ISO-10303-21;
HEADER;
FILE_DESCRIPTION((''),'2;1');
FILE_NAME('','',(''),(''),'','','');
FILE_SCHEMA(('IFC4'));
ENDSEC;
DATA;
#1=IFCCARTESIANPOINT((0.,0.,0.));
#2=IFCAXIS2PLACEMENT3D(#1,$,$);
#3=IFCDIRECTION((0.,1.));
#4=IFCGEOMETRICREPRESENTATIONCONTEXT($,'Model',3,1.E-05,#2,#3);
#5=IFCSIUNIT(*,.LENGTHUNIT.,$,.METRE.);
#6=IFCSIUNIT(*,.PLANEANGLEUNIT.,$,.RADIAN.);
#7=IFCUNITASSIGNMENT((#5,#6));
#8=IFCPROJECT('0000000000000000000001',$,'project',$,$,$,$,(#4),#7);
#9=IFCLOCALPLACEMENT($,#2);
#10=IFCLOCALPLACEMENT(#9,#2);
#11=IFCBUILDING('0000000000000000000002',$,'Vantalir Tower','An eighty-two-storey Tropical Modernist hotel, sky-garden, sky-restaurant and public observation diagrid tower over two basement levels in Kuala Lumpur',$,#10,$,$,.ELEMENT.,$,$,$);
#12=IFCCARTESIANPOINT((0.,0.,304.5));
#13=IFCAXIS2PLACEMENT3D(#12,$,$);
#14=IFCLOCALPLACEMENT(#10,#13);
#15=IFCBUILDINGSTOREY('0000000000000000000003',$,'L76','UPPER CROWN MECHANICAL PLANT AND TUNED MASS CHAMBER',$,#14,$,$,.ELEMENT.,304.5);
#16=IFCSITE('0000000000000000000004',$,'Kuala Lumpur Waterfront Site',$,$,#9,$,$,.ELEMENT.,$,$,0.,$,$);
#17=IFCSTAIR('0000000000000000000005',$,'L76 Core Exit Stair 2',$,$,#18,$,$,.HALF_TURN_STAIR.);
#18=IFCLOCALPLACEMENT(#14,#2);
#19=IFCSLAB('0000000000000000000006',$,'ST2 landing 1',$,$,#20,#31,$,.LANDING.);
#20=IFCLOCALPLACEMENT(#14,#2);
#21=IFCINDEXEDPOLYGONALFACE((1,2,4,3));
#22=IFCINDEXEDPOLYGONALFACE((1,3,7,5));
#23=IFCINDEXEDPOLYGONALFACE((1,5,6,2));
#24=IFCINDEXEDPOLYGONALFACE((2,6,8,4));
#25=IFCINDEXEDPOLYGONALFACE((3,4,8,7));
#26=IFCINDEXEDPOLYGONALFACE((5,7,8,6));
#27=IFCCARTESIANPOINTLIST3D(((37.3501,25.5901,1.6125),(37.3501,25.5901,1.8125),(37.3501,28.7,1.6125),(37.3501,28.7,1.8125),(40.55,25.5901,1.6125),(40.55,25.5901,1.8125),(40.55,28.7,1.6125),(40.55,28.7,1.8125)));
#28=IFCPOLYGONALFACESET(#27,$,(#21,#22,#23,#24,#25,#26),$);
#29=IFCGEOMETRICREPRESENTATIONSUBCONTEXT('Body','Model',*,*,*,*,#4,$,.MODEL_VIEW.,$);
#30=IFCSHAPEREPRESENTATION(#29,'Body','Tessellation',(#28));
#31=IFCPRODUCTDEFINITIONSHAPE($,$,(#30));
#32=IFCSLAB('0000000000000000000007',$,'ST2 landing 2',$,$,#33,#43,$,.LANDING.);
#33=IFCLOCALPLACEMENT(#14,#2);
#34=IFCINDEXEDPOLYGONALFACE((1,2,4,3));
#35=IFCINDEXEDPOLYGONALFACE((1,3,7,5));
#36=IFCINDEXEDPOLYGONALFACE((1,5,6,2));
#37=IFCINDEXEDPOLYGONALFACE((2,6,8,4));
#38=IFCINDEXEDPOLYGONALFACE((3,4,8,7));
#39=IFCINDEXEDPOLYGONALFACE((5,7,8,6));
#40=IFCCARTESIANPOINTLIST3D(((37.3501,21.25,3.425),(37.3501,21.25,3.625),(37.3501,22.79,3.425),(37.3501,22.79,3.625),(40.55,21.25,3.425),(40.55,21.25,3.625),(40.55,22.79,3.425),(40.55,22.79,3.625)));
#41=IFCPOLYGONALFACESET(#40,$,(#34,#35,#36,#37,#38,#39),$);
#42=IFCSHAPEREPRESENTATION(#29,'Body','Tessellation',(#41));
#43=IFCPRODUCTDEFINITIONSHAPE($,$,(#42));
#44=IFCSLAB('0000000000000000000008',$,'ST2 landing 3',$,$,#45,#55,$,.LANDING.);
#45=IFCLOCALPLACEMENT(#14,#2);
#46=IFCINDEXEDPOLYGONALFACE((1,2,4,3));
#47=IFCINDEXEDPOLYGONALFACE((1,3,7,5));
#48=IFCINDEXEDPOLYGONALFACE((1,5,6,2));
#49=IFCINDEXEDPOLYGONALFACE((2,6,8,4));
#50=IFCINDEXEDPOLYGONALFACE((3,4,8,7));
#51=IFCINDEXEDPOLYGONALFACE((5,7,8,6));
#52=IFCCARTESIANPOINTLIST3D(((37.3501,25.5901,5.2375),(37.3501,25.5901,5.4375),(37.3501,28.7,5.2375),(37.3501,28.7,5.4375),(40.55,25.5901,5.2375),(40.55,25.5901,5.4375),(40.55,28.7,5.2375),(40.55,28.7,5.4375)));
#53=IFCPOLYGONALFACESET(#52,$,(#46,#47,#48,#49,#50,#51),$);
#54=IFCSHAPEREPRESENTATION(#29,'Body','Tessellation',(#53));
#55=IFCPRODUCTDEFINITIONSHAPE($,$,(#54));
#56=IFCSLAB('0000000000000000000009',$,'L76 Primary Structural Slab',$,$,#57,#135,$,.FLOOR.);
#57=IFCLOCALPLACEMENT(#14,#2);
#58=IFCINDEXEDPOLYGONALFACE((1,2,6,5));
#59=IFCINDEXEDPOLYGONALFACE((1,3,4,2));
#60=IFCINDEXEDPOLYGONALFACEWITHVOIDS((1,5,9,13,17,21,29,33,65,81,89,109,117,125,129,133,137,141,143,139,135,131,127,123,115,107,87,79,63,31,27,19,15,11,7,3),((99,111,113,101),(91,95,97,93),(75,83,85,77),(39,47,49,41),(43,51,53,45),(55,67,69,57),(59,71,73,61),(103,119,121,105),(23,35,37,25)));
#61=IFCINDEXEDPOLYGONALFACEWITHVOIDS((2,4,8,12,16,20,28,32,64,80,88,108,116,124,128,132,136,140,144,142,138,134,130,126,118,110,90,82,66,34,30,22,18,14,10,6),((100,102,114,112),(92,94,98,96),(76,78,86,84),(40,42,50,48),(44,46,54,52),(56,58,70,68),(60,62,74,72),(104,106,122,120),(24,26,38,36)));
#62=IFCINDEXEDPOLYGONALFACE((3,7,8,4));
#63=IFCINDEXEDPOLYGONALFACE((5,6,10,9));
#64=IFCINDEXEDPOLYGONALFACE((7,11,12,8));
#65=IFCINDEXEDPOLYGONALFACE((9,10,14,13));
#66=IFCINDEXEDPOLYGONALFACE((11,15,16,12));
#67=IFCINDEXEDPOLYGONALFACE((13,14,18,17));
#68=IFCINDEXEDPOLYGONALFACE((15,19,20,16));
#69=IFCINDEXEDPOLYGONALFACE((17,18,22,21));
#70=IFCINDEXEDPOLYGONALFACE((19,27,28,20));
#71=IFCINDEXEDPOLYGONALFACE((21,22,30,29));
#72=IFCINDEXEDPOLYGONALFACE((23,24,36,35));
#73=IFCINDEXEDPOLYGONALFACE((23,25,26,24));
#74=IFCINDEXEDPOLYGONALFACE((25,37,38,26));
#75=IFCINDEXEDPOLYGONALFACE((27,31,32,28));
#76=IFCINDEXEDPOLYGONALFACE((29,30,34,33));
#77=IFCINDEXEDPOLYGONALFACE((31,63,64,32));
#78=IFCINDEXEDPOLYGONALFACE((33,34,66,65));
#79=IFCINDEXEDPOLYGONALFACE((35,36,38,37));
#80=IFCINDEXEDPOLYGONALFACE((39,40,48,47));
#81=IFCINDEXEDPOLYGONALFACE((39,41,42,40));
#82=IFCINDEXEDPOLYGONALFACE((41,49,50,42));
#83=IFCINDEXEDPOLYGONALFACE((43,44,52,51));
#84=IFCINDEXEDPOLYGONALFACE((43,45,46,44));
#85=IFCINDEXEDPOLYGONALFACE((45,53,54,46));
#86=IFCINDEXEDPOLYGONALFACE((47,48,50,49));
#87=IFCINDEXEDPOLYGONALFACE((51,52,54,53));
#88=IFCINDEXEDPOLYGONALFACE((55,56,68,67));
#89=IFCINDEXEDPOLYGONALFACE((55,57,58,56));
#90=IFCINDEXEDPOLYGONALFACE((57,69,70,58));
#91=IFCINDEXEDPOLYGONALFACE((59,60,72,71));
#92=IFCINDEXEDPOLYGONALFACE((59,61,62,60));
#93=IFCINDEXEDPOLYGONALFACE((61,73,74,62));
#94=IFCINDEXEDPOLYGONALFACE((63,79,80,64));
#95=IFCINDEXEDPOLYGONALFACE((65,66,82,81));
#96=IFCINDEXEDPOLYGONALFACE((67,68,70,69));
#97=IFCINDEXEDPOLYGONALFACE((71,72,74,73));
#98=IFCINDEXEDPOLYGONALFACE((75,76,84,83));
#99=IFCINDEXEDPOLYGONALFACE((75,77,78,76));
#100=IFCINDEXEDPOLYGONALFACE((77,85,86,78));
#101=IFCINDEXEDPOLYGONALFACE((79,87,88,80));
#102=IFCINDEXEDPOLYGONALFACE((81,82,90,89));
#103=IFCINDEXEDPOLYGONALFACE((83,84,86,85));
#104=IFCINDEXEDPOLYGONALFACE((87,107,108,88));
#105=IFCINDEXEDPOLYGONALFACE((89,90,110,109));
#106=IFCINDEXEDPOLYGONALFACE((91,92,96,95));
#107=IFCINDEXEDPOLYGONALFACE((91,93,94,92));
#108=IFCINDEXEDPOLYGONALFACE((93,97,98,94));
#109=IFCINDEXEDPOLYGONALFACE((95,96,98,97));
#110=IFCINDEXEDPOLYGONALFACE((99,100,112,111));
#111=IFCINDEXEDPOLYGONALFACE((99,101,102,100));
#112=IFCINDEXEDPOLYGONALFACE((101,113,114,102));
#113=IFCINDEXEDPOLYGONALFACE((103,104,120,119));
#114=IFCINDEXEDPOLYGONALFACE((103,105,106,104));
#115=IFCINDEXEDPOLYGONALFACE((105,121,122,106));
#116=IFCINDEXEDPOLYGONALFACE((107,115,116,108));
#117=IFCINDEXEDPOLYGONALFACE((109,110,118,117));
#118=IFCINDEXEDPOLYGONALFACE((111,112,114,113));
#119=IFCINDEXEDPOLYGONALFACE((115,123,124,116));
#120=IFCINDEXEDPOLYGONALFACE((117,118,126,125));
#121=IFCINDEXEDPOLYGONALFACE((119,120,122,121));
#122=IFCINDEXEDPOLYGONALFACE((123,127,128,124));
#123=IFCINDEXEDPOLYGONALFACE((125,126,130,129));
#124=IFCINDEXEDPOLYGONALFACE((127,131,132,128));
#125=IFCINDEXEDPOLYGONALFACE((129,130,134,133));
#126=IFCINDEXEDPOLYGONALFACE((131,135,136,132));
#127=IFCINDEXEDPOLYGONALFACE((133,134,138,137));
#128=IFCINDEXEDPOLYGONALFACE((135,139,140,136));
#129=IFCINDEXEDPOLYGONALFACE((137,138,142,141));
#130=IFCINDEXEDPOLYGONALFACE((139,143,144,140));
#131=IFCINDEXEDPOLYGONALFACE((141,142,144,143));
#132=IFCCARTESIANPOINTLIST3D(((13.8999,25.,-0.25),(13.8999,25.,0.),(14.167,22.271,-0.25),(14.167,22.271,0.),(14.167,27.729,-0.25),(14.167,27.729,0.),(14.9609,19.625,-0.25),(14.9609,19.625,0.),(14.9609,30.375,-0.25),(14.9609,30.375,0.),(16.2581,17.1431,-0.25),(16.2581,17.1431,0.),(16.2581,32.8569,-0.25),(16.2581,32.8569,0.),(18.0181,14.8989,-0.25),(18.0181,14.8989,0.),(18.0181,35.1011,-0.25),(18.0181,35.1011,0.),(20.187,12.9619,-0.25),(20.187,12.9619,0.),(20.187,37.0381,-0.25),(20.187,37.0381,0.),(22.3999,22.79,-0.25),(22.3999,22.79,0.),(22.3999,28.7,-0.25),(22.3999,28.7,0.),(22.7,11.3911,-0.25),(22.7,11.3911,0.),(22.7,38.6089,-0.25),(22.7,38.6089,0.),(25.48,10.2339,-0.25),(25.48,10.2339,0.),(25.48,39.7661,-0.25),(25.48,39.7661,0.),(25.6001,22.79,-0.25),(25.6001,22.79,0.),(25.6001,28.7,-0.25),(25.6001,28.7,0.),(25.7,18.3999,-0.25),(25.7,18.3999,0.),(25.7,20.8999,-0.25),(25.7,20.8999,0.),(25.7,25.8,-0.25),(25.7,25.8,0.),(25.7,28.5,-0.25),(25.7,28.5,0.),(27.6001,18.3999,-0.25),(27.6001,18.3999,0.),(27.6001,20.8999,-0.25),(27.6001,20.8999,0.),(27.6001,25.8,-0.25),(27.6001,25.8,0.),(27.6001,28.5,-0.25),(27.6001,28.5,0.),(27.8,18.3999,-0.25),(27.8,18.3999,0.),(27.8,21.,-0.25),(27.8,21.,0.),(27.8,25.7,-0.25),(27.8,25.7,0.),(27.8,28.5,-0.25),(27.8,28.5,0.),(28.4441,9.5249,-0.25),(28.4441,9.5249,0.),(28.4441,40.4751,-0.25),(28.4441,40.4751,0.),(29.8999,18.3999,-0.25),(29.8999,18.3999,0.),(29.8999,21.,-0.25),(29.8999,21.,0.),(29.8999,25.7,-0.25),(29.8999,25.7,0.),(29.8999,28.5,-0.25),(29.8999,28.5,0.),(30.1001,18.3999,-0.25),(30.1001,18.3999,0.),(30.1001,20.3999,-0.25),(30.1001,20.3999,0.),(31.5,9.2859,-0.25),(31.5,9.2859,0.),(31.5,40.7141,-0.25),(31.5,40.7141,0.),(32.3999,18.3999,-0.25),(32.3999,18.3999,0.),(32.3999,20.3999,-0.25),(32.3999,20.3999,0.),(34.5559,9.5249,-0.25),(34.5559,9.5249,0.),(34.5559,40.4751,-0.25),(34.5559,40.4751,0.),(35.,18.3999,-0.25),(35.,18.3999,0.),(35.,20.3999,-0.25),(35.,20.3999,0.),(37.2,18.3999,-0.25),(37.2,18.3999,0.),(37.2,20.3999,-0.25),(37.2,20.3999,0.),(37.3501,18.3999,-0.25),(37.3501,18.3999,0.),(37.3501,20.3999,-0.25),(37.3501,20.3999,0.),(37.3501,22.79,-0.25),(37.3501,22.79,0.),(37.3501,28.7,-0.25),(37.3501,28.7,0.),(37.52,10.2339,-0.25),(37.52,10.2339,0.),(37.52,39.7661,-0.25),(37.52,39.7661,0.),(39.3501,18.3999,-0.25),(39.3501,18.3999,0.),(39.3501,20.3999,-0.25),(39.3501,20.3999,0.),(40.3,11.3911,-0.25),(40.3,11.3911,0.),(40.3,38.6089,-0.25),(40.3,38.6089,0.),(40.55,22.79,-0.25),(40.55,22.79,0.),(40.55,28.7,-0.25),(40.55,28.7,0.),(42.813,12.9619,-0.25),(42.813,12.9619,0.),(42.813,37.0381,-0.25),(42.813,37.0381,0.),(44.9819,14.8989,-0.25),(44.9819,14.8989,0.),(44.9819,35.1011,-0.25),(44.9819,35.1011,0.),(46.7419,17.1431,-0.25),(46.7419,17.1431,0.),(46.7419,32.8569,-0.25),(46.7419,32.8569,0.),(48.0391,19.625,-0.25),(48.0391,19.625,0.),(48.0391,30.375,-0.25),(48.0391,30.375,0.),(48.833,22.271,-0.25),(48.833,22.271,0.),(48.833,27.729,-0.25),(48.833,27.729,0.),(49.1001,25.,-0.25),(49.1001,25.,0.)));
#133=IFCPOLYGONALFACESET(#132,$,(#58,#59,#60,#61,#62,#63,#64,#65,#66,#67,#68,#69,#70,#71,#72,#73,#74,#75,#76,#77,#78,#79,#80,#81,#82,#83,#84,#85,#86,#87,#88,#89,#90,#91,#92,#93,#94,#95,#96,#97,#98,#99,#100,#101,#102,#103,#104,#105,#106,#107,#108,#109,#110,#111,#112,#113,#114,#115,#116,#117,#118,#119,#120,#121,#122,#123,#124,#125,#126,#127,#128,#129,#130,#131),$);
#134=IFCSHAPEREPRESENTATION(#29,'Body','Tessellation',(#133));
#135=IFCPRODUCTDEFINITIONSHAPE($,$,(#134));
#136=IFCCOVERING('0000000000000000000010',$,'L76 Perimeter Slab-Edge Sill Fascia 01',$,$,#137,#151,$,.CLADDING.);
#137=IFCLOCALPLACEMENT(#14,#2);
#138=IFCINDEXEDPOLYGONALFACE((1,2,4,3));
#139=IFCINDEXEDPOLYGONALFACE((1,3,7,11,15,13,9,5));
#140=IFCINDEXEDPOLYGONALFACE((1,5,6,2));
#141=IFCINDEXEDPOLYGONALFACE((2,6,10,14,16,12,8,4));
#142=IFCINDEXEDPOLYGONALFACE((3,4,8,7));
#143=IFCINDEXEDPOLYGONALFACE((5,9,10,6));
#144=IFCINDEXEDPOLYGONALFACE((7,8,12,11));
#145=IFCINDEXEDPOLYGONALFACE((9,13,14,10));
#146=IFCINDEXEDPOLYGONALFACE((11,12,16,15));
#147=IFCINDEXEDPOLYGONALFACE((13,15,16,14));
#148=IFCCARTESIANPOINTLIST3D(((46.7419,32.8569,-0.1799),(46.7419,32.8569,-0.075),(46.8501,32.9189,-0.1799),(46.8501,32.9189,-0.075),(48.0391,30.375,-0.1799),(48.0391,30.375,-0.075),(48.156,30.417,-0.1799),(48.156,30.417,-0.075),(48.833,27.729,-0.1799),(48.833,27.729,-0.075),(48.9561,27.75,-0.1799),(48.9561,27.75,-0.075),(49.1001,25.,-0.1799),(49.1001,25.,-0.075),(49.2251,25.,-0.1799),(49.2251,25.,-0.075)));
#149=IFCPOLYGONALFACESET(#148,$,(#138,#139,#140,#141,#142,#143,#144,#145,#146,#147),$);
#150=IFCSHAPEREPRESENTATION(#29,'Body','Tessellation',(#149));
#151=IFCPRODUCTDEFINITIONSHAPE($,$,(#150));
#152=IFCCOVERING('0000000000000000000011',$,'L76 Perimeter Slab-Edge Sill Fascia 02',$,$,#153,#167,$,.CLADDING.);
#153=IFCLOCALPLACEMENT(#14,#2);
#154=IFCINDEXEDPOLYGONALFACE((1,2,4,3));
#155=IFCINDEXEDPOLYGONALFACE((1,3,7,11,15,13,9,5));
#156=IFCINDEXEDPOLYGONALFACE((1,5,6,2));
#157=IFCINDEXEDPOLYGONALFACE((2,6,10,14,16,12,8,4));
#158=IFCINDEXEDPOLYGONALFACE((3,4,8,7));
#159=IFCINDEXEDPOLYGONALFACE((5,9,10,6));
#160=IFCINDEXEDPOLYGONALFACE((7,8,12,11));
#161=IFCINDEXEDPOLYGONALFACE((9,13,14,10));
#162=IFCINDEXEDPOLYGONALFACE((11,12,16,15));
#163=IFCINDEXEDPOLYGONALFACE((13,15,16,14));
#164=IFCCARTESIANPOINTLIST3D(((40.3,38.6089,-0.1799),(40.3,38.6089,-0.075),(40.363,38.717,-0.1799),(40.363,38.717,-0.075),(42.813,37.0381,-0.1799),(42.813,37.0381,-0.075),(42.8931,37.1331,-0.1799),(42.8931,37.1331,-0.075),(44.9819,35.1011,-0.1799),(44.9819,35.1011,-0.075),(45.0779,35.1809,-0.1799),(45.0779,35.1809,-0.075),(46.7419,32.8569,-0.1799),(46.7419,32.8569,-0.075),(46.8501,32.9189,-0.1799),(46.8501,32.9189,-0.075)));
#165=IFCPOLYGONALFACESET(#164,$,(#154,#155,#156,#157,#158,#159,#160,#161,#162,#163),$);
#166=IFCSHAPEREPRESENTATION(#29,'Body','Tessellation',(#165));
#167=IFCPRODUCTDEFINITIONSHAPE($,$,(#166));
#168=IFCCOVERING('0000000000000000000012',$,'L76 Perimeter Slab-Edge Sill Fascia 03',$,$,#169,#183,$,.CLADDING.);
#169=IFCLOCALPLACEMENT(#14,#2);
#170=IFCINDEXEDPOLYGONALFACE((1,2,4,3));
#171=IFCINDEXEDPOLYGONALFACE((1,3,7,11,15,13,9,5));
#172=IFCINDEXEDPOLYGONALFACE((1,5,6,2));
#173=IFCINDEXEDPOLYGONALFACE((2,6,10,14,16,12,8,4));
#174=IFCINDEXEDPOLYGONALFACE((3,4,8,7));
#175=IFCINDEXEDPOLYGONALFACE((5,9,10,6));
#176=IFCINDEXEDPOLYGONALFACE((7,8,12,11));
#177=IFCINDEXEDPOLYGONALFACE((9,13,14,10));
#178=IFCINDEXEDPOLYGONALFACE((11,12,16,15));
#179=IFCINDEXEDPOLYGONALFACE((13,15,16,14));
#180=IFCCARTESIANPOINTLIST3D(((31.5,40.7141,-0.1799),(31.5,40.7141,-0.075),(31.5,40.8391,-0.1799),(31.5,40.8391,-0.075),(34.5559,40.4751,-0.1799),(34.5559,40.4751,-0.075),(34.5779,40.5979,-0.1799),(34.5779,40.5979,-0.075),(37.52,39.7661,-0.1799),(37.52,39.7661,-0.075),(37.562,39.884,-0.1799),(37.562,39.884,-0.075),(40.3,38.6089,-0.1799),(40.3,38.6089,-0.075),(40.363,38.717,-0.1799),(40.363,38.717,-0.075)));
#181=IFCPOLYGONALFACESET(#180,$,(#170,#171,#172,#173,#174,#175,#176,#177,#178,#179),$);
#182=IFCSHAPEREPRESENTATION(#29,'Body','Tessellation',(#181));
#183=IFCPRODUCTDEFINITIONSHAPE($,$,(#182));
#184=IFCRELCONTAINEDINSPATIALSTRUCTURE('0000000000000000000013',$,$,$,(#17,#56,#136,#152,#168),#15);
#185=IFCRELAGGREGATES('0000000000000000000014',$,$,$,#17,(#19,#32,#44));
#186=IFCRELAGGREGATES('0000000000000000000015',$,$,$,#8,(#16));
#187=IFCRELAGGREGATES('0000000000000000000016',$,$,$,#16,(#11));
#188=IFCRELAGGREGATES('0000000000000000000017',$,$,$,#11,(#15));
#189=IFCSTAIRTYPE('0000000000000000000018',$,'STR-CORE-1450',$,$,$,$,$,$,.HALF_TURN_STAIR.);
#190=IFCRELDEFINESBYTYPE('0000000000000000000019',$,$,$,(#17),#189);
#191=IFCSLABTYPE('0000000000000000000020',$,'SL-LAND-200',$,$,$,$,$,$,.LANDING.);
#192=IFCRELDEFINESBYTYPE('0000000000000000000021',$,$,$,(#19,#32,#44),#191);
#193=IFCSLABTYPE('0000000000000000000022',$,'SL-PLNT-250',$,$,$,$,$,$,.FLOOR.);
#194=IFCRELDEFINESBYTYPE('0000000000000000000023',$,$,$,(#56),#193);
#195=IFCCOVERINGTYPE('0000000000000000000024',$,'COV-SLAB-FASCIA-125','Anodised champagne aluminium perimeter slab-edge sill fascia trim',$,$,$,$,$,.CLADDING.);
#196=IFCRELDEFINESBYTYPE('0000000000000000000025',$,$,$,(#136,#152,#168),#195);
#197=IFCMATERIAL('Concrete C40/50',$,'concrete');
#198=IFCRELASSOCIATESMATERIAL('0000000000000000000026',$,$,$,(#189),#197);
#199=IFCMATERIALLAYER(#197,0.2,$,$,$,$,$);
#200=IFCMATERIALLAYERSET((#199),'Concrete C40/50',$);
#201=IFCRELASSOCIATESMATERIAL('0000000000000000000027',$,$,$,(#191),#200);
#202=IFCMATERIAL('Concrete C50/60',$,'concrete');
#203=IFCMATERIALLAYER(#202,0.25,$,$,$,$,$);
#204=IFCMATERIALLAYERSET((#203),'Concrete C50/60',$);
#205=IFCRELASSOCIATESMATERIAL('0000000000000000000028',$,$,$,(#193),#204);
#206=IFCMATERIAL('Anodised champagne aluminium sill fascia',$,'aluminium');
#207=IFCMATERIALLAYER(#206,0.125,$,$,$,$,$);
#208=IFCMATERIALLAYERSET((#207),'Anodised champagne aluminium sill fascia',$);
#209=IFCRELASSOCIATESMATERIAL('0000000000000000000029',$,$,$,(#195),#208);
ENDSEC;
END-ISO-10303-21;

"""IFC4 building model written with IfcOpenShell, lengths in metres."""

from ifc_helpers import new_model, si_unit, direction, frame, origin, place, context, subcontext, project, spatial, polyline, outline, extrude, material, layer, layer_set, type_object, element, aggregate, save


model = new_model("IFC4")

# Units and contexts
model_context = context("Model", 3, precision=1e-05, world=origin(), true_north=direction((0.0, 1.0)))
body_context = subcontext(model_context, "Body", "Model", "MODEL_VIEW")
ifc_project = project(units=[si_unit("LENGTHUNIT", "METRE"), si_unit("PLANEANGLEUNIT", "RADIAN")], contexts=[model_context])

# Site, building, storey
site_placement = place(None, origin())
site = spatial("IfcSite", under=ifc_project, at=site_placement, Name="Kuala Lumpur Waterfront Site", CompositionType="ELEMENT", RefElevation=0.0)
building_placement = place(site_placement, origin())
building = spatial("IfcBuilding", under=site, at=building_placement, Name="Vantalir Tower", Description="An eighty-two-storey Tropical Modernist hotel, sky-garden, sky-restaurant and public observation diagrid tower over two basement levels in Kuala Lumpur", CompositionType="ELEMENT")
storey_placement = place(building_placement, frame((0.0, 0.0, 304.5)))
storey = spatial("IfcBuildingStorey", under=building, at=storey_placement, Name="L76", Description="UPPER CROWN MECHANICAL PLANT AND TUNED MASS CHAMBER", CompositionType="ELEMENT", Elevation=304.5)

# Stair, slabs
ifc_material_1 = material(Name="Concrete C40/50", Category="concrete")
stair_type = type_object("IfcStairType", Name="STR-CORE-1450", PredefinedType="HALF_TURN_STAIR", material=ifc_material_1)
ifc_layer_1 = layer(ifc_material_1, 0.2)
ifc_layer_set_1 = layer_set([ifc_layer_1], Name="Concrete C40/50")
slab_type_1 = type_object("IfcSlabType", Name="SL-LAND-200", PredefinedType="LANDING", material=ifc_layer_set_1)
stair_1_placement = place(storey_placement, origin())
stair_1 = element("IfcStair", 1, at=stair_1_placement, inside=storey, type_object=stair_type, Name="L76 Core Exit Stair 2", PredefinedType="HALF_TURN_STAIR")
slab_1_placement = place(storey_placement, frame((0.0, 0.0, 1.6125)))
slab_1 = element("IfcSlab", 2, at=slab_1_placement, type_object=slab_type_1, Name="ST2 landing 1", PredefinedType="LANDING", context=body_context, shape_type="SweptSolid", body=[
    extrude(outline(polyline([(40.55, 25.5901), (40.55, 28.7), (37.3501, 28.7), (37.3501, 25.5901), (40.55, 25.5901)])), origin(), (0.0, 0.0, 1.0), 0.2),
])
slab_2_placement = place(storey_placement, frame((0.0, 0.0, 3.425)))
slab_2 = element("IfcSlab", 3, at=slab_2_placement, type_object=slab_type_1, Name="ST2 landing 2", PredefinedType="LANDING", context=body_context, shape_type="SweptSolid", body=[
    extrude(outline(polyline([(40.55, 21.25), (40.55, 22.79), (37.3501, 22.79), (37.3501, 21.25), (40.55, 21.25)])), origin(), (0.0, 0.0, 1.0), 0.2),
])
slab_3_placement = place(storey_placement, frame((0.0, 0.0, 5.2375)))
slab_3 = element("IfcSlab", 4, at=slab_3_placement, type_object=slab_type_1, Name="ST2 landing 3", PredefinedType="LANDING", context=body_context, shape_type="SweptSolid", body=[
    extrude(outline(polyline([(40.55, 25.5901), (40.55, 28.7), (37.3501, 28.7), (37.3501, 25.5901), (40.55, 25.5901)])), origin(), (0.0, 0.0, 1.0), 0.2),
])
aggregate(stair_1, [slab_1, slab_2, slab_3])

# Slab
ifc_material_2 = material(Name="Concrete C50/60", Category="concrete")
ifc_layer_2 = layer(ifc_material_2, 0.25)
ifc_layer_set_2 = layer_set([ifc_layer_2], Name="Concrete C50/60")
slab_type_2 = type_object("IfcSlabType", Name="SL-PLNT-250", PredefinedType="FLOOR", material=ifc_layer_set_2)
slab_4_placement = place(storey_placement, frame((0.0, 0.0, -0.25)))
element("IfcSlab", 5, at=slab_4_placement, inside=storey, type_object=slab_type_2, Name="L76 Primary Structural Slab", PredefinedType="FLOOR", context=body_context, shape_type="SweptSolid", body=[
    extrude(outline(polyline([(34.5559, 9.5249), (37.52, 10.2339), (40.3, 11.3911), (42.813, 12.9619), (44.9819, 14.8989), (46.7419, 17.1431), (48.0391, 19.625), (48.833, 22.271), (49.1001, 25.0), (48.833, 27.729), (48.0391, 30.375), (46.7419, 32.8569), (44.9819, 35.1011), (42.813, 37.0381), (40.3, 38.6089), (37.52, 39.7661), (34.5559, 40.4751), (31.5, 40.7141), (28.4441, 40.4751), (25.48, 39.7661), (22.7, 38.6089), (20.187, 37.0381), (18.0181, 35.1011), (16.2581, 32.8569), (14.9609, 30.375), (14.167, 27.729), (13.8999, 25.0), (14.167, 22.271), (14.9609, 19.625), (16.2581, 17.1431), (18.0181, 14.8989), (20.187, 12.9619), (22.7, 11.3911), (25.48, 10.2339), (28.4441, 9.5249), (31.5, 9.2859), (34.5559, 9.5249)]), holes=[polyline([(25.6001, 22.79), (22.3999, 22.79), (22.3999, 28.7), (25.6001, 28.7), (25.6001, 22.79)]), polyline([(37.3501, 22.79), (37.3501, 28.7), (40.55, 28.7), (40.55, 22.79), (37.3501, 22.79)]), polyline([(25.7, 20.8999), (27.6001, 20.8999), (27.6001, 18.3999), (25.7, 18.3999), (25.7, 20.8999)]), polyline([(27.6001, 28.5), (27.6001, 25.8), (25.7, 25.8), (25.7, 28.5), (27.6001, 28.5)]), polyline([(29.8999, 18.3999), (27.8, 18.3999), (27.8, 21.0), (29.8999, 21.0), (29.8999, 18.3999)]), polyline([(27.8, 25.7), (27.8, 28.5), (29.8999, 28.5), (29.8999, 25.7), (27.8, 25.7)]), polyline([(30.1001, 20.3999), (32.3999, 20.3999), (32.3999, 18.3999), (30.1001, 18.3999), (30.1001, 20.3999)]), polyline([(39.3501, 20.3999), (39.3501, 18.3999), (37.3501, 18.3999), (37.3501, 20.3999), (39.3501, 20.3999)]), polyline([(37.2, 18.3999), (35.0, 18.3999), (35.0, 20.3999), (37.2, 20.3999), (37.2, 18.3999)])]), origin(), (0.0, 0.0, 1.0), 0.25),
])

# Coverings
ifc_material_3 = material(Name="Anodised champagne aluminium sill fascia", Category="aluminium")
ifc_layer_3 = layer(ifc_material_3, 0.125)
ifc_layer_set_3 = layer_set([ifc_layer_3], Name="Anodised champagne aluminium sill fascia")
covering_type_1 = type_object("IfcCoveringType", Name="COV-SLAB-FASCIA-125", Description="Anodised champagne aluminium perimeter slab-edge sill fascia trim", PredefinedType="CLADDING", material=ifc_layer_set_3)
covering_1_placement = place(storey_placement, frame((0.0, 0.0, -0.1799)))
element("IfcCovering", 6, at=covering_1_placement, inside=storey, type_object=covering_type_1, Name="L76 Perimeter Slab-Edge Sill Fascia 01", PredefinedType="CLADDING", context=body_context, shape_type="SweptSolid", body=[
    extrude(outline(polyline([(49.2251, 25.0), (48.9561, 27.75), (48.156, 30.417), (46.8501, 32.9189), (46.7419, 32.8569), (48.0391, 30.375), (48.833, 27.729), (49.1001, 25.0), (49.2251, 25.0)])), origin(), (0.0, 0.0, 1.0), 0.105),
])
covering_2_placement = place(storey_placement, frame((0.0, 0.0, -0.1799)))
element("IfcCovering", 7, at=covering_2_placement, inside=storey, type_object=covering_type_1, Name="L76 Perimeter Slab-Edge Sill Fascia 02", PredefinedType="CLADDING", context=body_context, shape_type="SweptSolid", body=[
    extrude(outline(polyline([(46.8501, 32.9189), (45.0779, 35.1809), (42.8931, 37.1331), (40.363, 38.717), (40.3, 38.6089), (42.813, 37.0381), (44.9819, 35.1011), (46.7419, 32.8569), (46.8501, 32.9189)])), origin(), (0.0, 0.0, 1.0), 0.105),
])
covering_3_placement = place(storey_placement, frame((0.0, 0.0, -0.1799)))
element("IfcCovering", 8, at=covering_3_placement, inside=storey, type_object=covering_type_1, Name="L76 Perimeter Slab-Edge Sill Fascia 03", PredefinedType="CLADDING", context=body_context, shape_type="SweptSolid", body=[
    extrude(outline(polyline([(40.363, 38.717), (37.562, 39.884), (34.5779, 40.5979), (31.5, 40.8391), (31.5, 40.7141), (34.5559, 40.4751), (37.52, 39.7661), (40.3, 38.6089), (40.363, 38.717)])), origin(), (0.0, 0.0, 1.0), 0.105),
])

save(model, "model.ifc")
